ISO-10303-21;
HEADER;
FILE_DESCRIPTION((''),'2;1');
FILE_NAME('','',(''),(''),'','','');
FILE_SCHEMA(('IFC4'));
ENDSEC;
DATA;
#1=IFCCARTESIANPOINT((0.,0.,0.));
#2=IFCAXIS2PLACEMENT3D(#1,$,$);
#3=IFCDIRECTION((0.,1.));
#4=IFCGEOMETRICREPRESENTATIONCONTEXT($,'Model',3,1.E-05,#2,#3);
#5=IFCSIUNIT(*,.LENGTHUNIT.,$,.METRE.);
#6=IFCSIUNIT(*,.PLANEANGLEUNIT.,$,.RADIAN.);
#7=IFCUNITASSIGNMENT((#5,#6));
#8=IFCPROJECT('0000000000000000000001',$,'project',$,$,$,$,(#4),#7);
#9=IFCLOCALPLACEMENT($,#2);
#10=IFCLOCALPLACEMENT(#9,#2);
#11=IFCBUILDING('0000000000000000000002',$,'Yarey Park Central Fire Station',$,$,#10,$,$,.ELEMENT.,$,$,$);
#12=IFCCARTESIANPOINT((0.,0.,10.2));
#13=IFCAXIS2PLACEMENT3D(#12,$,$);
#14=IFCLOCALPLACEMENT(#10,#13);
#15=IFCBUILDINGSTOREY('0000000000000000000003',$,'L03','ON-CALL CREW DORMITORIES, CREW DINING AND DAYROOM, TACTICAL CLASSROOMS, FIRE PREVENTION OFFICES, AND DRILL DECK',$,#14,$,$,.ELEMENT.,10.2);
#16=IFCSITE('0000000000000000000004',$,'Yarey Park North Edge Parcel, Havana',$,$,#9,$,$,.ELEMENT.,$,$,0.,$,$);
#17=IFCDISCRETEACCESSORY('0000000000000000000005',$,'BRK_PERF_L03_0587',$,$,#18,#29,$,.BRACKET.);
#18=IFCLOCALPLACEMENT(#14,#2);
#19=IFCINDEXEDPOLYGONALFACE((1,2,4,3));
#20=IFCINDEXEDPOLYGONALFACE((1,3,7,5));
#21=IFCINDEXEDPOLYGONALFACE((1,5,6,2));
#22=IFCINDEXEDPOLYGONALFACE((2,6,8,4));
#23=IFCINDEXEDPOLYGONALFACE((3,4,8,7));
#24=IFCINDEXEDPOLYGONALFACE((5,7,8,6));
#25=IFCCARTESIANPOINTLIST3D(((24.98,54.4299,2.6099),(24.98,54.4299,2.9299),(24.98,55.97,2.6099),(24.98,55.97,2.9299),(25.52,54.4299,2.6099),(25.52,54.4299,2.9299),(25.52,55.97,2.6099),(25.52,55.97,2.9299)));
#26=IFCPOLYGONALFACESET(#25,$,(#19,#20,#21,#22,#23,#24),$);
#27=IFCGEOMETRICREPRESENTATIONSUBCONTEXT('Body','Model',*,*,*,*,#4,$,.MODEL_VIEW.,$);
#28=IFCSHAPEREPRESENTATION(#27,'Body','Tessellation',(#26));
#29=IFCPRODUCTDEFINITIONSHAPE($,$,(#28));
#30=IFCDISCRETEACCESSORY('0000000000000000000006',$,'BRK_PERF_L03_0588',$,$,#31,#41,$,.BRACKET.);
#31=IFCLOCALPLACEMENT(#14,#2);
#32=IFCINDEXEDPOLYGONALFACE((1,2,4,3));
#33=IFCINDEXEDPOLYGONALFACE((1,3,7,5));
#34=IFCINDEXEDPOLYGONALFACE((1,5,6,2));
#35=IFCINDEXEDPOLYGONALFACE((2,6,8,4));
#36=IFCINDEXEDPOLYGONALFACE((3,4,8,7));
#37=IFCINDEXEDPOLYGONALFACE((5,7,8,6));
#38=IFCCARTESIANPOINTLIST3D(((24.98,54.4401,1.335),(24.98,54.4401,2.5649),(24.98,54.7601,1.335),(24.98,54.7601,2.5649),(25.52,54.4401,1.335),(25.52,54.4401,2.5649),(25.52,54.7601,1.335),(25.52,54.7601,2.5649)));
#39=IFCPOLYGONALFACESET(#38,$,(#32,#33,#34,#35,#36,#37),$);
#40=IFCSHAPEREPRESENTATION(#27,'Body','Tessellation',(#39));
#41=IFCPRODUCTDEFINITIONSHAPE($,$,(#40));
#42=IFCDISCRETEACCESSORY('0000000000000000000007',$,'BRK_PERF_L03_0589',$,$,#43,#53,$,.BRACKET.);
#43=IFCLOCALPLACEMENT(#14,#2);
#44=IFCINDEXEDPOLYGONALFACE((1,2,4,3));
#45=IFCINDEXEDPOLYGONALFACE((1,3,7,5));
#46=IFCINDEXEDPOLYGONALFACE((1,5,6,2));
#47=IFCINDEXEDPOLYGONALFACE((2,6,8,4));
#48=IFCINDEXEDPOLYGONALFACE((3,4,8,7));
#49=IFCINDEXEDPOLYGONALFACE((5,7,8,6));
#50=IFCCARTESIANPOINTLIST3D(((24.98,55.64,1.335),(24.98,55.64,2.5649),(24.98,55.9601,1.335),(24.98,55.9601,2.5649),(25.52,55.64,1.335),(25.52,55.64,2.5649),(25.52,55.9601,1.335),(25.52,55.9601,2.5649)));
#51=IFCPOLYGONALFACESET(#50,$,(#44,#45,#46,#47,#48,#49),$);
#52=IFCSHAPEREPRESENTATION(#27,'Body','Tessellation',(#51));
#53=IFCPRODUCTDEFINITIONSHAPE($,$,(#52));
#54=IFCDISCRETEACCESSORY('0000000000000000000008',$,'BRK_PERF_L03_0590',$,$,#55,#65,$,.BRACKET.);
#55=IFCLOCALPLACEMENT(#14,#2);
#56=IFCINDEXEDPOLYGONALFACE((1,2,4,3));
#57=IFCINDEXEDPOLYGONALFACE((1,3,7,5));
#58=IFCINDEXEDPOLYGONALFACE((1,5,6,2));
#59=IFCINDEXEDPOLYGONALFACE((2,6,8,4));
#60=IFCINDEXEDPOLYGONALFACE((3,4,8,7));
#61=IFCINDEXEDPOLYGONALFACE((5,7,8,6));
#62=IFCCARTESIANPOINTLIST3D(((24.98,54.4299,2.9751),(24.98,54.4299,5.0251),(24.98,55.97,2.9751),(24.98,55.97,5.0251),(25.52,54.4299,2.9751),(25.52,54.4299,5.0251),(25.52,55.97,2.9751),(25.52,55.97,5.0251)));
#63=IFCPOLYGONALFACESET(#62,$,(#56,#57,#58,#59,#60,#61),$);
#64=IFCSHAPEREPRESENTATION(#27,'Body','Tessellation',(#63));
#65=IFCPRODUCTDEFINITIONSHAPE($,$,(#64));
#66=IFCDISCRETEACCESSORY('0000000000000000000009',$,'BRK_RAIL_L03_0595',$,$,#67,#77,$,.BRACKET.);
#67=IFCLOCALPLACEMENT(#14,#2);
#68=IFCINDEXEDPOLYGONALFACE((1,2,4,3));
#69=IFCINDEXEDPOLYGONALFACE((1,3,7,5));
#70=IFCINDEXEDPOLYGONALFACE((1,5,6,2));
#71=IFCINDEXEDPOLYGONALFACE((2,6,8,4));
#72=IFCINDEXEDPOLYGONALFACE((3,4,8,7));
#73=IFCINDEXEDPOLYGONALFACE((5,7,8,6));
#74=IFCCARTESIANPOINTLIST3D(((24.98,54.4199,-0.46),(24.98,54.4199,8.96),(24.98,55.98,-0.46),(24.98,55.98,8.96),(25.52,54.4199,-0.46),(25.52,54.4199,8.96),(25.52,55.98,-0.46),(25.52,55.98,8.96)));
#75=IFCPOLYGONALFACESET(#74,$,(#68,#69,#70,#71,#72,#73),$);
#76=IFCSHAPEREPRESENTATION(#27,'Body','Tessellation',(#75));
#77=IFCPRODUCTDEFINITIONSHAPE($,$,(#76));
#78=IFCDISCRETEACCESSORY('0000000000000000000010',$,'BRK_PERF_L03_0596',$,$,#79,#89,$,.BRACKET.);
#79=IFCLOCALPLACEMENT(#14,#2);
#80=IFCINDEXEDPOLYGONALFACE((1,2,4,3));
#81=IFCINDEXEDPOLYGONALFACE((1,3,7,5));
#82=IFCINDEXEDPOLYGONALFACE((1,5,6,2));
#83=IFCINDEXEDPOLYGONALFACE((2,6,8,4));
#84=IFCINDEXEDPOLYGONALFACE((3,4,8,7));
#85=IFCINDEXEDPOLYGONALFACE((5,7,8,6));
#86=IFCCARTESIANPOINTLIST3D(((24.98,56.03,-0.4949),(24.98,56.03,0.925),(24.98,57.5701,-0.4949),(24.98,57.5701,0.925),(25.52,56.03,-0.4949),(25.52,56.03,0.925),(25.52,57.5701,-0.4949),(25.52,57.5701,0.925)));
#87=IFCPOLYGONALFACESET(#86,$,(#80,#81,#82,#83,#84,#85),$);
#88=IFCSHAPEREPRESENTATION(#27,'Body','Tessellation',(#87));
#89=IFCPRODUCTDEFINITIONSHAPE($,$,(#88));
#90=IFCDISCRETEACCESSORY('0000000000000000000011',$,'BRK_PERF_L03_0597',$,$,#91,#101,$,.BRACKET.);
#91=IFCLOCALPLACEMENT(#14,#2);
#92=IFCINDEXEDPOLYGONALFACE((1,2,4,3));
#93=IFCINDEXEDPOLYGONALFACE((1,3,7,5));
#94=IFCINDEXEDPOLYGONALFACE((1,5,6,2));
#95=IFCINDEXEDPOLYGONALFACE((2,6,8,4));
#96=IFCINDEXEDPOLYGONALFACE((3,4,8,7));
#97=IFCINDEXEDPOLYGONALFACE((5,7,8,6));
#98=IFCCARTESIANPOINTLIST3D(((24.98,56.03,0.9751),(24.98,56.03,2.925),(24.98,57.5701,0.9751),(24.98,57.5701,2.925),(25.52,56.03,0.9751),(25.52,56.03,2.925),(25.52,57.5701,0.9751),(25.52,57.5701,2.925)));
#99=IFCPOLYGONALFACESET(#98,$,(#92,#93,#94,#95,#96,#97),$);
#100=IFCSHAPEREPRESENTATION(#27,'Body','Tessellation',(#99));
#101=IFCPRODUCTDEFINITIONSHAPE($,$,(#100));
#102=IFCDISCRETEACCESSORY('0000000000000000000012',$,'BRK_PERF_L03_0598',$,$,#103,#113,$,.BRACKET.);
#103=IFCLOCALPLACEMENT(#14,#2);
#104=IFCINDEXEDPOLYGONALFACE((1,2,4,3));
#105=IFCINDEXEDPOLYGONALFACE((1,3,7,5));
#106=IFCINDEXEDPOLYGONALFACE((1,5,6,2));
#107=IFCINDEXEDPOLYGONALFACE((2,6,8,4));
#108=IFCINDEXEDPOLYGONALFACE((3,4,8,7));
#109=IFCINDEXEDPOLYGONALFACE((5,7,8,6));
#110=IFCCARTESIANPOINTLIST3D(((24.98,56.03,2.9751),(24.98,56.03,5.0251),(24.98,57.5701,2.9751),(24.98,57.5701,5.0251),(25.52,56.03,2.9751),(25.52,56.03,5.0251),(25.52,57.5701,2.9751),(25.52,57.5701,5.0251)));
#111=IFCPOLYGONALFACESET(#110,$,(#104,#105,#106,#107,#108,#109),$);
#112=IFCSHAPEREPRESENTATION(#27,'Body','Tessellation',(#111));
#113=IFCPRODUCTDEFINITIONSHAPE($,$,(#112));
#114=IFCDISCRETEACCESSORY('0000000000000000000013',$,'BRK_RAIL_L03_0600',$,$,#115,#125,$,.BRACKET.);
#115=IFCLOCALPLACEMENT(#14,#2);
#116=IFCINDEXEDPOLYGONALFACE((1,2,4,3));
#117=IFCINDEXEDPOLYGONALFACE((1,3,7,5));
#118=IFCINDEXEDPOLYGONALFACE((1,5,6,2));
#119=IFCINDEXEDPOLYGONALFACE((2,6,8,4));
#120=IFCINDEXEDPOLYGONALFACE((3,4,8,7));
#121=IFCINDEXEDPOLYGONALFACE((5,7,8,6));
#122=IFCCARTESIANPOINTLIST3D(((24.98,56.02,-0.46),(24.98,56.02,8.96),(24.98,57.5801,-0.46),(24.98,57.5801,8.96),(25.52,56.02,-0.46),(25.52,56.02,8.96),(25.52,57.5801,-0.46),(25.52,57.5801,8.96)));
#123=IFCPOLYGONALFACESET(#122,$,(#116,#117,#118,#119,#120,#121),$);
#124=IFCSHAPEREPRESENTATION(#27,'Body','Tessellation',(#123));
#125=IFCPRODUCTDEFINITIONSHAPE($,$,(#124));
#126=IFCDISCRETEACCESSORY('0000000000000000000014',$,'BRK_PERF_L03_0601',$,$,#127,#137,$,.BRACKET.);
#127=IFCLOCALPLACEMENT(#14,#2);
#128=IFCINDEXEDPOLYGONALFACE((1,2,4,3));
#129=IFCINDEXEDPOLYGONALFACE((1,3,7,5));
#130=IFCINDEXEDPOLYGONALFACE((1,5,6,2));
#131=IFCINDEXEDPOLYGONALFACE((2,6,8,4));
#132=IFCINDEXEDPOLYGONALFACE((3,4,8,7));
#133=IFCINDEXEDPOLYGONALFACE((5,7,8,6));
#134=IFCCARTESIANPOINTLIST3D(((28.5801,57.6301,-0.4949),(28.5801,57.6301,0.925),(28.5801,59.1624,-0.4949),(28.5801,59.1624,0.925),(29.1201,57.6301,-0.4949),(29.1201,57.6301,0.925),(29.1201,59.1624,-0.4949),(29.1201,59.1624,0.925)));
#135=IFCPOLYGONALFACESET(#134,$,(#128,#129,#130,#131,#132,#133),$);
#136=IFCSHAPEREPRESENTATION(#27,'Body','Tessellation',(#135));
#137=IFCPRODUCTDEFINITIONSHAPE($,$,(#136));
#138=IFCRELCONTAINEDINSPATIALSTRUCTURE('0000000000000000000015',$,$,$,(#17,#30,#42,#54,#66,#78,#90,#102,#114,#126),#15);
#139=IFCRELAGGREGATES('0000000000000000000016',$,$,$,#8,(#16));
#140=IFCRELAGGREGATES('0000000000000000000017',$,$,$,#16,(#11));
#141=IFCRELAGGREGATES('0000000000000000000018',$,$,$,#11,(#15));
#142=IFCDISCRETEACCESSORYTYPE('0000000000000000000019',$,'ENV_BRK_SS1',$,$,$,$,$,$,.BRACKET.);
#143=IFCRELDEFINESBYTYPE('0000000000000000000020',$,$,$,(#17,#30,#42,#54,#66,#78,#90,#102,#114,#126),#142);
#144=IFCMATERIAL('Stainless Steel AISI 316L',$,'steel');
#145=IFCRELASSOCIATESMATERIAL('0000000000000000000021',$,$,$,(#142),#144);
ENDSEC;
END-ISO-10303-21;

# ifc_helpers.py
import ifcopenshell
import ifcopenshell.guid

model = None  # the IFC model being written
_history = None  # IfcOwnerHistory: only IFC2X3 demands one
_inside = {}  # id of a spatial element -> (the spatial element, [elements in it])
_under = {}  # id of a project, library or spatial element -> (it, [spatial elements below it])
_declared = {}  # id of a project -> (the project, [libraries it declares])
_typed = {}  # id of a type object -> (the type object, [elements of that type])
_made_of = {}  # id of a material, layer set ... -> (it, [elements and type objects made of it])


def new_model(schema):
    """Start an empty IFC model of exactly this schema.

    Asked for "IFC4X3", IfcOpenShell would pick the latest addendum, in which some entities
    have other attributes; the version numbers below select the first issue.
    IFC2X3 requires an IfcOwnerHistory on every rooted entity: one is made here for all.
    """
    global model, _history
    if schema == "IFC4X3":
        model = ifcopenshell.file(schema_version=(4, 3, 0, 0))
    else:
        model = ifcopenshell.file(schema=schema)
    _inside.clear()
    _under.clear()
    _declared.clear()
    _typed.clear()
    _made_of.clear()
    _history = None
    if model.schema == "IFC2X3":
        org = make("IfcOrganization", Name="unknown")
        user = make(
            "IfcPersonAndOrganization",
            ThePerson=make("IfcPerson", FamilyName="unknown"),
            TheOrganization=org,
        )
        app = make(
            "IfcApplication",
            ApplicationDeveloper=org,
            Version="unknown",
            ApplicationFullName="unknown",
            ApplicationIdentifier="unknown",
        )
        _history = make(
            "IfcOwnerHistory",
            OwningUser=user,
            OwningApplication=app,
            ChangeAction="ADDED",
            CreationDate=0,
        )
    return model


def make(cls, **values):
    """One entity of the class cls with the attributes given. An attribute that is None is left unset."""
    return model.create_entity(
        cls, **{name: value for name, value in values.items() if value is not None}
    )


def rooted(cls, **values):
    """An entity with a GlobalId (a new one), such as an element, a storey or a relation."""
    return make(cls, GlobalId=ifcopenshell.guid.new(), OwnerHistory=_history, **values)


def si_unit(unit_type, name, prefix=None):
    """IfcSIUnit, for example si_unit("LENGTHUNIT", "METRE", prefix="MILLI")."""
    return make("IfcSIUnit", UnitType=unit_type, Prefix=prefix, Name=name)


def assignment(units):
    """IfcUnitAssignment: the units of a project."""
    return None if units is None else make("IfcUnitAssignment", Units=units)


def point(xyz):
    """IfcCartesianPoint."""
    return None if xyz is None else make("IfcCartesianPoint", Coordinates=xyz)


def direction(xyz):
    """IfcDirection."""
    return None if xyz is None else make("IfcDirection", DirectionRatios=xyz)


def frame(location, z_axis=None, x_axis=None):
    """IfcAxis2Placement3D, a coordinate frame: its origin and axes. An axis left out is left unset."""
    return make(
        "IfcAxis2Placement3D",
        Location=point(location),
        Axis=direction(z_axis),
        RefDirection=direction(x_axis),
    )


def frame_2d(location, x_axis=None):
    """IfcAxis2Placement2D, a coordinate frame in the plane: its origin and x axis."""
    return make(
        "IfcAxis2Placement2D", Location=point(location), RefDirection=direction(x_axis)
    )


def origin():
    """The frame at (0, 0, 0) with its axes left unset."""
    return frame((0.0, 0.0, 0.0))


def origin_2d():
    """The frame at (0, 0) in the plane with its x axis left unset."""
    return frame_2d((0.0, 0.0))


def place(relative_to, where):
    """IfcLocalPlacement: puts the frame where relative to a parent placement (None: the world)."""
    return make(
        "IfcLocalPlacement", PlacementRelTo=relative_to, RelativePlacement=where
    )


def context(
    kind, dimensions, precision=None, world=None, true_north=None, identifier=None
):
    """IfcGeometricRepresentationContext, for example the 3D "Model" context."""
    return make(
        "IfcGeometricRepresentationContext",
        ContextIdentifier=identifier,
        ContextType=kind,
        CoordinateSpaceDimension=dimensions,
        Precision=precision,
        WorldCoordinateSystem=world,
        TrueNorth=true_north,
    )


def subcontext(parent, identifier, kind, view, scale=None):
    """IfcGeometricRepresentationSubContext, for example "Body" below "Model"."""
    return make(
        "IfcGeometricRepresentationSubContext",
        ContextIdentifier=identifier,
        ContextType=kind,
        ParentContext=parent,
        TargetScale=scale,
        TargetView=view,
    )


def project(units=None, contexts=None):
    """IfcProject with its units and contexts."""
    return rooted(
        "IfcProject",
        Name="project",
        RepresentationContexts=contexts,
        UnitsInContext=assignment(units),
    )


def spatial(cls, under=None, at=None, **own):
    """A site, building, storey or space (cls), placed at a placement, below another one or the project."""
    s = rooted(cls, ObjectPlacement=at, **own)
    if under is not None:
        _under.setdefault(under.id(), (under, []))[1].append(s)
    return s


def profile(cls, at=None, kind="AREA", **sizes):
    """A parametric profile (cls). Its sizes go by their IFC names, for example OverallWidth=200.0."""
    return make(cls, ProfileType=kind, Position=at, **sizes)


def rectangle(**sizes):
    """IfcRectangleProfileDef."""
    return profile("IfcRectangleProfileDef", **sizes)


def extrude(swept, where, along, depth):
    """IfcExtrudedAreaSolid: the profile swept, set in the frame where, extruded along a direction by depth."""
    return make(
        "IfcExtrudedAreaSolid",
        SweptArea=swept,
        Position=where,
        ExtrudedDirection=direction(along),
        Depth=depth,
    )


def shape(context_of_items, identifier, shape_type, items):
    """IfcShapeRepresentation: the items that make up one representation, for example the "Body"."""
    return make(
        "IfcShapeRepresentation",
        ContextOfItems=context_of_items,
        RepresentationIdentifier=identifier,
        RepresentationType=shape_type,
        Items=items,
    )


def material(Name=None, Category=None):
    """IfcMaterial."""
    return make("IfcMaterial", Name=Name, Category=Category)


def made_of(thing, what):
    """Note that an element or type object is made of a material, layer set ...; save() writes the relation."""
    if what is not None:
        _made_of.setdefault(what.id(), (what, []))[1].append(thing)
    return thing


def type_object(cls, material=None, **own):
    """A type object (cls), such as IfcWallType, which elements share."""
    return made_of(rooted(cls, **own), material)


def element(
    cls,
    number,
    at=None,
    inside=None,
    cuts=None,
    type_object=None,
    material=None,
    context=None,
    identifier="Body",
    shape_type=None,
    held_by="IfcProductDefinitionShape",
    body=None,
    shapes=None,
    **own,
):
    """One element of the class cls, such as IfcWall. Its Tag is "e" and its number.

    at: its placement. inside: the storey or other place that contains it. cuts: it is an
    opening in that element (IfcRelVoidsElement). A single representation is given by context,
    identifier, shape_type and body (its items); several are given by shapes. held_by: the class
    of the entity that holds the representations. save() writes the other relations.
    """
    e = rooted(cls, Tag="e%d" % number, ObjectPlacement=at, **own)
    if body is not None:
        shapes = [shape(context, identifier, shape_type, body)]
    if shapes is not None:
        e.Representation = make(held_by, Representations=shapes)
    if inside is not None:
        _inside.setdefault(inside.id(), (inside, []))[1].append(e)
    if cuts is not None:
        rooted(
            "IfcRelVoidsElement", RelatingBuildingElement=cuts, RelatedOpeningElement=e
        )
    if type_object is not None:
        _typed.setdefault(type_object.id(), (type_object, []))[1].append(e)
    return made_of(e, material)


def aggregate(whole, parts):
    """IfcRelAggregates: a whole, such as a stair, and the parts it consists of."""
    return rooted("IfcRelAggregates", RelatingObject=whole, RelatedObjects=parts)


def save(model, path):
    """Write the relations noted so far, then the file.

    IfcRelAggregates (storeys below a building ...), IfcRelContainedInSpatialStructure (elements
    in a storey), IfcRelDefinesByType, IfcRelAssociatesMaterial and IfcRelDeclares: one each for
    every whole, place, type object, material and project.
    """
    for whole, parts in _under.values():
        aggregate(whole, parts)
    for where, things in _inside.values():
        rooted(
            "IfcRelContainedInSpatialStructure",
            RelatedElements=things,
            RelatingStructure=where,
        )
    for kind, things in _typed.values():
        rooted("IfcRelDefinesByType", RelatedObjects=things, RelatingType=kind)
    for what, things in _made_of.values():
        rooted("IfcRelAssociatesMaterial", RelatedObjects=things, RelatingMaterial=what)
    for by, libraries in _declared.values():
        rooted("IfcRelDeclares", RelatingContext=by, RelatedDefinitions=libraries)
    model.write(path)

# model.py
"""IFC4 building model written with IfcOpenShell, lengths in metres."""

from ifc_helpers import new_model, si_unit, direction, frame, origin, origin_2d, place, context, subcontext, project, spatial, rectangle, extrude, material, type_object, element, save


model = new_model("IFC4")

# Units and contexts
model_context = context("Model", 3, precision=1e-05, world=origin(), true_north=direction((0.0, 1.0)))
body_context = subcontext(model_context, "Body", "Model", "MODEL_VIEW")
ifc_project = project(units=[si_unit("LENGTHUNIT", "METRE"), si_unit("PLANEANGLEUNIT", "RADIAN")], contexts=[model_context])

# Site, building, storey
site_placement = place(None, origin())
site = spatial("IfcSite", under=ifc_project, at=site_placement, Name="Yarey Park North Edge Parcel, Havana", CompositionType="ELEMENT", RefElevation=0.0)
building_placement = place(site_placement, origin())
building = spatial("IfcBuilding", under=site, at=building_placement, Name="Yarey Park Central Fire Station", CompositionType="ELEMENT")
storey_placement = place(building_placement, frame((0.0, 0.0, 10.2)))
storey = spatial("IfcBuildingStorey", under=building, at=storey_placement, Name="L03", Description="ON-CALL CREW DORMITORIES, CREW DINING AND DAYROOM, TACTICAL CLASSROOMS, FIRE PREVENTION OFFICES, AND DRILL DECK", CompositionType="ELEMENT", Elevation=10.2)

# Discrete accessories
ifc_material_1 = material(Name="Stainless Steel AISI 316L", Category="steel")
discrete_accessory_type = type_object("IfcDiscreteAccessoryType", Name="ENV_BRK_SS1", PredefinedType="BRACKET", material=ifc_material_1)
for number, where, z_axis, x_axis, name in (
    (1, (25.25, 55.2, 2.6099), (0.0, 0.0, 1.0), (1.0, 0.0, 0.0), "BRK_PERF_L03_0587"),
):
    element("IfcDiscreteAccessory", number, at=place(storey_placement, frame(where, z_axis=z_axis, x_axis=x_axis)), inside=storey, type_object=discrete_accessory_type, Name=name, PredefinedType="BRACKET", context=body_context, shape_type="SweptSolid", body=[
        extrude(rectangle(XDim=0.54, YDim=1.54, at=origin_2d()), origin(), (0.0, 0.0, 1.0), 0.3201),
    ])
for number, where, z_axis, x_axis, name in (
    (2, (25.25, 54.6001, 1.335), (0.0, 0.0, 1.0), (1.0, 0.0, 0.0), "BRK_PERF_L03_0588"),
    (3, (25.25, 55.8, 1.335), (0.0, 0.0, 1.0), (1.0, 0.0, 0.0), "BRK_PERF_L03_0589"),
):
    element("IfcDiscreteAccessory", number, at=place(storey_placement, frame(where, z_axis=z_axis, x_axis=x_axis)), inside=storey, type_object=discrete_accessory_type, Name=name, PredefinedType="BRACKET", context=body_context, shape_type="SweptSolid", body=[
        extrude(rectangle(XDim=0.54, YDim=0.3201, at=origin_2d()), origin(), (0.0, 0.0, 1.0), 1.23),
    ])
discrete_accessory_1_placement = place(storey_placement, frame((25.25, 55.2, 2.9751), z_axis=(0.0, 0.0, 1.0), x_axis=(1.0, 0.0, 0.0)))
element("IfcDiscreteAccessory", 4, at=discrete_accessory_1_placement, inside=storey, type_object=discrete_accessory_type, Name="BRK_PERF_L03_0590", PredefinedType="BRACKET", context=body_context, shape_type="SweptSolid", body=[
    extrude(rectangle(XDim=0.54, YDim=1.54, at=origin_2d()), origin(), (0.0, 0.0, 1.0), 2.05),
])
discrete_accessory_2_placement = place(storey_placement, frame((25.25, 55.2, -0.46), z_axis=(0.0, 0.0, 1.0), x_axis=(1.0, 0.0, 0.0)))
element("IfcDiscreteAccessory", 5, at=discrete_accessory_2_placement, inside=storey, type_object=discrete_accessory_type, Name="BRK_RAIL_L03_0595", PredefinedType="BRACKET", context=body_context, shape_type="SweptSolid", body=[
    extrude(rectangle(XDim=0.54, YDim=1.5601, at=origin_2d()), origin(), (0.0, 0.0, 1.0), 9.4199),
])
discrete_accessory_3_placement = place(storey_placement, frame((25.25, 56.8, -0.4949), z_axis=(0.0, 0.0, 1.0), x_axis=(1.0, 0.0, 0.0)))
element("IfcDiscreteAccessory", 6, at=discrete_accessory_3_placement, inside=storey, type_object=discrete_accessory_type, Name="BRK_PERF_L03_0596", PredefinedType="BRACKET", context=body_context, shape_type="SweptSolid", body=[
    extrude(rectangle(XDim=0.54, YDim=1.54, at=origin_2d()), origin(), (0.0, 0.0, 1.0), 1.4199),
])
discrete_accessory_4_placement = place(storey_placement, frame((25.25, 56.8, 0.9751), z_axis=(0.0, 0.0, 1.0), x_axis=(1.0, 0.0, 0.0)))
element("IfcDiscreteAccessory", 7, at=discrete_accessory_4_placement, inside=storey, type_object=discrete_accessory_type, Name="BRK_PERF_L03_0597", PredefinedType="BRACKET", context=body_context, shape_type="SweptSolid", body=[
    extrude(rectangle(XDim=0.54, YDim=1.54, at=origin_2d()), origin(), (0.0, 0.0, 1.0), 1.95),
])
discrete_accessory_5_placement = place(storey_placement, frame((25.25, 56.8, 2.9751), z_axis=(0.0, 0.0, 1.0), x_axis=(1.0, 0.0, 0.0)))
element("IfcDiscreteAccessory", 8, at=discrete_accessory_5_placement, inside=storey, type_object=discrete_accessory_type, Name="BRK_PERF_L03_0598", PredefinedType="BRACKET", context=body_context, shape_type="SweptSolid", body=[
    extrude(rectangle(XDim=0.54, YDim=1.54, at=origin_2d()), origin(), (0.0, 0.0, 1.0), 2.05),
])
discrete_accessory_6_placement = place(storey_placement, frame((25.25, 56.8, -0.46), z_axis=(0.0, 0.0, 1.0), x_axis=(1.0, 0.0, 0.0)))
element("IfcDiscreteAccessory", 9, at=discrete_accessory_6_placement, inside=storey, type_object=discrete_accessory_type, Name="BRK_RAIL_L03_0600", PredefinedType="BRACKET", context=body_context, shape_type="SweptSolid", body=[
    extrude(rectangle(XDim=0.54, YDim=1.5601, at=origin_2d()), origin(), (0.0, 0.0, 1.0), 9.4199),
])
discrete_accessory_7_placement = place(storey_placement, frame((28.8501, 58.3962, -0.4949), z_axis=(0.0, 0.0, 1.0), x_axis=(1.0, 0.0, 0.0)))
element("IfcDiscreteAccessory", 10, at=discrete_accessory_7_placement, inside=storey, type_object=discrete_accessory_type, Name="BRK_PERF_L03_0601", PredefinedType="BRACKET", context=body_context, shape_type="SweptSolid", body=[
    extrude(rectangle(XDim=0.54, YDim=1.5322, at=origin_2d()), origin(), (0.0, 0.0, 1.0), 1.4199),
])

save(model, "model.ifc")
